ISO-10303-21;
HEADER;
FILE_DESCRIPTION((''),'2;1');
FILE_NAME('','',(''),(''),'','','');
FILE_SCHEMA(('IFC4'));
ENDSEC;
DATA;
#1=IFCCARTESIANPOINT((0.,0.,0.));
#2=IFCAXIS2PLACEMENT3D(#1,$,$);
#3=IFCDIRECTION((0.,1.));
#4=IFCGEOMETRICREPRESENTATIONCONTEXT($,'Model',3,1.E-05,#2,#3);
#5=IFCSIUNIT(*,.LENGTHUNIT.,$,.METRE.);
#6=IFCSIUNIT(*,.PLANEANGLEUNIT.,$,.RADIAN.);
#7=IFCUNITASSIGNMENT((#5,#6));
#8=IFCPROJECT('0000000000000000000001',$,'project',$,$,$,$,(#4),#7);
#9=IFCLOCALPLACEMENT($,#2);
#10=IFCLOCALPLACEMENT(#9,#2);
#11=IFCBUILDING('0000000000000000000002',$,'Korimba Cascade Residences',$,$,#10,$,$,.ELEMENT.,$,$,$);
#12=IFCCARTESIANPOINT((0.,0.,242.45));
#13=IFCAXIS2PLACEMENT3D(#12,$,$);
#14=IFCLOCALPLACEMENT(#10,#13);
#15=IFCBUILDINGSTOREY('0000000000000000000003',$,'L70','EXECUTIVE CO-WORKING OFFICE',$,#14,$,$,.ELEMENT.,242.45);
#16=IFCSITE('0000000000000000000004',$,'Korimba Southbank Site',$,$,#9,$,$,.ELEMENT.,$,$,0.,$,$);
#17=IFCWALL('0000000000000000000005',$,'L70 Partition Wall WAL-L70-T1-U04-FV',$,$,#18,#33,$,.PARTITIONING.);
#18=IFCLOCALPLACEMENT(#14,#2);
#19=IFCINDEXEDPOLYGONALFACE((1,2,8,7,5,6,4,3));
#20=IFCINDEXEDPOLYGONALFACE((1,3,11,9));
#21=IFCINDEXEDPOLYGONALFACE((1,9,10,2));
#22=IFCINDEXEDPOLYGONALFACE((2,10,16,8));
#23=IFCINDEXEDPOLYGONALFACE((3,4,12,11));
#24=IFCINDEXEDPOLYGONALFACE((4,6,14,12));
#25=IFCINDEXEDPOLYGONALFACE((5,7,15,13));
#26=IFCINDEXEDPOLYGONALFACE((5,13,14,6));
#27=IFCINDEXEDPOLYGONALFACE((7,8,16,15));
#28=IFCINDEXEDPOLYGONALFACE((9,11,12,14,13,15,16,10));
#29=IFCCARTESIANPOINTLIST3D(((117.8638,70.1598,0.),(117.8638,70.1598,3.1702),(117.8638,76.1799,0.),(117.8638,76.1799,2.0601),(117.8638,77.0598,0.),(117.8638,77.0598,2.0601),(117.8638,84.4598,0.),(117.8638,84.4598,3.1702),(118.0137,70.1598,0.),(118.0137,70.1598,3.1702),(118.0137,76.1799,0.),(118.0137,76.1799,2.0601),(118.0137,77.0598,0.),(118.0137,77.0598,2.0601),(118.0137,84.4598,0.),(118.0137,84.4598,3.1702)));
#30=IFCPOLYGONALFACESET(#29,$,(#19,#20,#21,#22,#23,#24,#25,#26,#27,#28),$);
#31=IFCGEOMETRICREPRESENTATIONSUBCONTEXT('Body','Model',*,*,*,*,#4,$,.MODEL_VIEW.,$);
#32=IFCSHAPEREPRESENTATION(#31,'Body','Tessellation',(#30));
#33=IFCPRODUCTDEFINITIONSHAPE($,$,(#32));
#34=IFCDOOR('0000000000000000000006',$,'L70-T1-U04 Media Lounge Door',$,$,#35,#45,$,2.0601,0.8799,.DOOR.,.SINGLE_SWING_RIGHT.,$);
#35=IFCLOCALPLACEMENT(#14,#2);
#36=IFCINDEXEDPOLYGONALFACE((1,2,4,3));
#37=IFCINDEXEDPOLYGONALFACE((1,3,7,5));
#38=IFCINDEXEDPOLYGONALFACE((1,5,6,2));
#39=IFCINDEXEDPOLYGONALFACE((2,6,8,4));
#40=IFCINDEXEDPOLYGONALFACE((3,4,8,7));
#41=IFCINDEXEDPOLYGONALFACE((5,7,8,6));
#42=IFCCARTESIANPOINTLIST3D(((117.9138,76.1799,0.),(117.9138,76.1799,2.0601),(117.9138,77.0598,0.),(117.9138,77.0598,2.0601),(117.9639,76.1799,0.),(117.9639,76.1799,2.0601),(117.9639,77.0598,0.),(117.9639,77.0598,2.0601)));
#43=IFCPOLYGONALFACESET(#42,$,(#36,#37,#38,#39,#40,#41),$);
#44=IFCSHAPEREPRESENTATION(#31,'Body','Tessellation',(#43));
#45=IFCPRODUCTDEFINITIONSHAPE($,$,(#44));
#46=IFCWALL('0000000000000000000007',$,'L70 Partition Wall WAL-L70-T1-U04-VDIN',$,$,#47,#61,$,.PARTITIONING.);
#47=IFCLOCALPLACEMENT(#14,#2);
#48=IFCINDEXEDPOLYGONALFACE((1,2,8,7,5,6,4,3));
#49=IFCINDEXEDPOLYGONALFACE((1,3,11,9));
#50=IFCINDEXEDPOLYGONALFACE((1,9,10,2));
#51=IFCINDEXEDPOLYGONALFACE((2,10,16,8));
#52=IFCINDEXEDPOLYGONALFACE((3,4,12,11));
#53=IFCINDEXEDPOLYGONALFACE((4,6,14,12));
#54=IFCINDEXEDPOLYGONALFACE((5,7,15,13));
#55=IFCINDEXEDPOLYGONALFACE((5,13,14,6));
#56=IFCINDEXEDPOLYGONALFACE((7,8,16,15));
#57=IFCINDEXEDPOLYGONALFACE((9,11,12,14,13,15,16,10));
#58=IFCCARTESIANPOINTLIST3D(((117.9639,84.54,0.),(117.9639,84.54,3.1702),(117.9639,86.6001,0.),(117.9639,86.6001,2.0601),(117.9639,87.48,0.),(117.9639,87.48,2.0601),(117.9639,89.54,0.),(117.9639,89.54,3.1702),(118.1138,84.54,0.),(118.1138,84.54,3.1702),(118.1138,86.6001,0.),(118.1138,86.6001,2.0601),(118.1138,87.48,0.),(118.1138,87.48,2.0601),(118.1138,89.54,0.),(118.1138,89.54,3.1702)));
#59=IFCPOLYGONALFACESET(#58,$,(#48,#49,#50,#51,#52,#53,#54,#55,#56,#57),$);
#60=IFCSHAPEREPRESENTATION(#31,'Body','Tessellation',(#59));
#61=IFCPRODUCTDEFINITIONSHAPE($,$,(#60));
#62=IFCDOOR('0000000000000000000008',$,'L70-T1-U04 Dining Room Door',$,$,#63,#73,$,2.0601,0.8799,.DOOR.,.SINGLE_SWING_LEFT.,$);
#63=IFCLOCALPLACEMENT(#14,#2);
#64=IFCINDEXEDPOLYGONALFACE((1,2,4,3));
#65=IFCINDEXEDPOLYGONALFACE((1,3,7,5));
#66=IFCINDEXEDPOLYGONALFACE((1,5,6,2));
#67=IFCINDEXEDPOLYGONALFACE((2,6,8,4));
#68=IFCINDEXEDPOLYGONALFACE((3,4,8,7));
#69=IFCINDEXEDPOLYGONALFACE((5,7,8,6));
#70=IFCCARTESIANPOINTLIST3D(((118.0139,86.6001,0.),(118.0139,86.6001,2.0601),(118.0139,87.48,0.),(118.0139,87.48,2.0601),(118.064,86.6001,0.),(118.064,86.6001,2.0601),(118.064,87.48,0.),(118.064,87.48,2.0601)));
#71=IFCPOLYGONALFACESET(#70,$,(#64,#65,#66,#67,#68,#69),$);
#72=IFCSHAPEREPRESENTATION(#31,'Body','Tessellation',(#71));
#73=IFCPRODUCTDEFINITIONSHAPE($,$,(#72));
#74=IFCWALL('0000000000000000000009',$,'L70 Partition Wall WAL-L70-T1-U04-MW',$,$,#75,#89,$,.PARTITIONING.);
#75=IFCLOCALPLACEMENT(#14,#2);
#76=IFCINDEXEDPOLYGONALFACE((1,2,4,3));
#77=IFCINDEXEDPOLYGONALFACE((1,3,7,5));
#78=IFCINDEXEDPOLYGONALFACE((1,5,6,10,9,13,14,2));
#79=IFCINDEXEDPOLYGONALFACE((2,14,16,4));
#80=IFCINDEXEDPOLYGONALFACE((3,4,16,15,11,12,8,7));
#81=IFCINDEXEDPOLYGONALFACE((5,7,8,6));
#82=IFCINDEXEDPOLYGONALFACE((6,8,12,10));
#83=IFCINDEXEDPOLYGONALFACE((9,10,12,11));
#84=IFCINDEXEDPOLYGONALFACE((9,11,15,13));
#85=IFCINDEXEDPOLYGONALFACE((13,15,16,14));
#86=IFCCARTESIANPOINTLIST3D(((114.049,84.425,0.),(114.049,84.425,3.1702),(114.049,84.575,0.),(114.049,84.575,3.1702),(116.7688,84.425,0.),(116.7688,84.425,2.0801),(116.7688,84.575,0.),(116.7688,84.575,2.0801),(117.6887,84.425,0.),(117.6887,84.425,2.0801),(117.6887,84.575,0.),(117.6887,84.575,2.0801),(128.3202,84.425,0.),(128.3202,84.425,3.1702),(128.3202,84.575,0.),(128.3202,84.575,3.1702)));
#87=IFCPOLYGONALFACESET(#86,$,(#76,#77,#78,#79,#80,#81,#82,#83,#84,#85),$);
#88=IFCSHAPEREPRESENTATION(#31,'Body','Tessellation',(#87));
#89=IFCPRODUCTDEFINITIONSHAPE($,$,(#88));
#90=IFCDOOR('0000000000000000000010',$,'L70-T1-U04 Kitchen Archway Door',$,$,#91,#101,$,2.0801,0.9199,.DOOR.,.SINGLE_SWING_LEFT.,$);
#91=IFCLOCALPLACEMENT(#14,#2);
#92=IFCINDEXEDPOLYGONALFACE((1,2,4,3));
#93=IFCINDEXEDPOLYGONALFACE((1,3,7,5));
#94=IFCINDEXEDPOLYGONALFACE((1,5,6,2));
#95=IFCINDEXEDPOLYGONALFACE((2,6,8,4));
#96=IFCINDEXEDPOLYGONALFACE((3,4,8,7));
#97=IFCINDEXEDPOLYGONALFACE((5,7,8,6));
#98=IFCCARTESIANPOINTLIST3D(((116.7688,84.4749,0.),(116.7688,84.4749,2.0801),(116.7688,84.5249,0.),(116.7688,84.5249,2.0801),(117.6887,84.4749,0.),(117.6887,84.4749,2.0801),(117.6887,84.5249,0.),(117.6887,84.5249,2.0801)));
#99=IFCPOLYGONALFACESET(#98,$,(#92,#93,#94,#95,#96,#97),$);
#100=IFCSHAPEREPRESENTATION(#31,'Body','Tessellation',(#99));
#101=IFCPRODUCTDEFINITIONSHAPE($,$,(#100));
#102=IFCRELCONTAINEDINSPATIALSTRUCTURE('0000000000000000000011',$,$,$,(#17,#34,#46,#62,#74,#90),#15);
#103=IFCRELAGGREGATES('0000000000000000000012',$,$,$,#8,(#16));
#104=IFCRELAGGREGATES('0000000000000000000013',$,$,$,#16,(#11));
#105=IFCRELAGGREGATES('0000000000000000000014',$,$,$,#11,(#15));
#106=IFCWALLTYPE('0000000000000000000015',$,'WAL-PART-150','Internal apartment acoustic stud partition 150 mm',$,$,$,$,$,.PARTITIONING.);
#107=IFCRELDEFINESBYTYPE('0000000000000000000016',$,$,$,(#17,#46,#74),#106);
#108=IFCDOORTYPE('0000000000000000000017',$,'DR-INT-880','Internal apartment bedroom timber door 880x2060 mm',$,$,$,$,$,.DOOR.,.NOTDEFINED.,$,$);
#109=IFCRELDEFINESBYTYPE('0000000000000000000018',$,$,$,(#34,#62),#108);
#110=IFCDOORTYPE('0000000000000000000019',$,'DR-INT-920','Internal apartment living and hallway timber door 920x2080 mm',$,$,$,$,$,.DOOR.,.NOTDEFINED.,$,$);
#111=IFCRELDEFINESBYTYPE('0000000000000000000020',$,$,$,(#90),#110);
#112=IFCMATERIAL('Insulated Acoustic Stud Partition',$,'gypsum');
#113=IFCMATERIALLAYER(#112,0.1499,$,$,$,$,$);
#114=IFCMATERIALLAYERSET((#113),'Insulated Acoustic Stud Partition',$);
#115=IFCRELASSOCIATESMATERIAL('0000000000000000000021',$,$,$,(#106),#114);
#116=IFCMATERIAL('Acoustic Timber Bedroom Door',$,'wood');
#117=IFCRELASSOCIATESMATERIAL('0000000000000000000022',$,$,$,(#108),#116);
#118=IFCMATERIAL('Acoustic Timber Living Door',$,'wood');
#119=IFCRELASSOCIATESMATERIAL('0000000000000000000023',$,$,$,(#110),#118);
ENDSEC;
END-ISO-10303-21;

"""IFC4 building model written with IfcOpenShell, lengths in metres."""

from ifc_helpers import new_model, si_unit, direction, frame, frame_2d, origin, place, context, subcontext, project, spatial, rectangle, extrude, material, layer, layer_set, type_object, element, fill, save


model = new_model("IFC4")

# Units and contexts
model_context = context("Model", 3, precision=1e-05, world=origin(), true_north=direction((0.0, 1.0)))
body_context = subcontext(model_context, "Body", "Model", "MODEL_VIEW")
ifc_project = project(units=[si_unit("LENGTHUNIT", "METRE"), si_unit("PLANEANGLEUNIT", "RADIAN")], contexts=[model_context])

# Site, building, storey
site_placement = place(None, origin())
site = spatial("IfcSite", under=ifc_project, at=site_placement, Name="Korimba Southbank Site", CompositionType="ELEMENT", RefElevation=0.0)
building_placement = place(site_placement, origin())
building = spatial("IfcBuilding", under=site, at=building_placement, Name="Korimba Cascade Residences", CompositionType="ELEMENT")
storey_placement = place(building_placement, frame((0.0, 0.0, 242.45)))
storey = spatial("IfcBuildingStorey", under=building, at=storey_placement, Name="L70", Description="EXECUTIVE CO-WORKING OFFICE", CompositionType="ELEMENT", Elevation=242.45)

# Walls, openings, doors
ifc_material_1 = material(Name="Insulated Acoustic Stud Partition", Category="gypsum")
ifc_layer_1 = layer(ifc_material_1, 0.1499)
ifc_layer_set_1 = layer_set([ifc_layer_1], Name="Insulated Acoustic Stud Partition")
wall_type_1 = type_object("IfcWallType", Name="WAL-PART-150", Description="Internal apartment acoustic stud partition 150 mm", PredefinedType="PARTITIONING", material=ifc_layer_set_1)
ifc_material_2 = material(Name="Acoustic Timber Bedroom Door", Category="wood")
door_type_1 = type_object("IfcDoorType", Name="DR-INT-880", Description="Internal apartment bedroom timber door 880x2060 mm", OperationType="NOTDEFINED", PredefinedType="DOOR", material=ifc_material_2)
wall_1_placement = place(storey_placement, frame((117.9387, 70.1599, 0.0), z_axis=(0.0, 0.0, 1.0), x_axis=(0.0, 1.0, 0.0)))
wall_1 = element("IfcWall", 1, at=wall_1_placement, inside=storey, type_object=wall_type_1, Name="L70 Partition Wall WAL-L70-T1-U04-FV", PredefinedType="PARTITIONING", context=body_context, shape_type="SweptSolid", body=[
    extrude(rectangle(XDim=14.3, YDim=0.1499, at=frame_2d((7.1499, 0.0))), origin(), (0.0, 0.0, 1.0), 3.1702),
])
opening_1_placement = place(wall_1_placement, frame((6.02, 0.0, 0.0)))
opening_1 = element("IfcOpeningElement", 2, at=opening_1_placement, cuts=wall_1, PredefinedType="OPENING", context=body_context, shape_type="SweptSolid", body=[
    extrude(rectangle(XDim=0.8799, YDim=2.0601, at=frame_2d((0.4399, 1.03))), frame((0.0, 0.085, 0.0), z_axis=(0.0, -1.0, 0.0), x_axis=(1.0, 0.0, 0.0)), (0.0, 0.0, 1.0), 0.1699),
])
door_1_placement = place(opening_1_placement, origin())
door_1 = element("IfcDoor", 3, at=door_1_placement, inside=storey, type_object=door_type_1, Name="L70-T1-U04 Media Lounge Door", OperationType="SINGLE_SWING_RIGHT", OverallHeight=2.0601, OverallWidth=0.8799, PredefinedType="DOOR", context=body_context, shape_type="SweptSolid", body=[
    extrude(rectangle(XDim=0.8799, YDim=2.0601, at=frame_2d((0.4399, 1.03))), frame((0.0, 0.0249, 0.0), z_axis=(0.0, -1.0, 0.0), x_axis=(1.0, 0.0, 0.0)), (0.0, 0.0, 1.0), 0.05),
])
fill(opening_1, door_1)
wall_2_placement = place(storey_placement, frame((118.0388, 84.54, 0.0), z_axis=(0.0, 0.0, 1.0), x_axis=(0.0, 1.0, 0.0)))
wall_2 = element("IfcWall", 4, at=wall_2_placement, inside=storey, type_object=wall_type_1, Name="L70 Partition Wall WAL-L70-T1-U04-VDIN", PredefinedType="PARTITIONING", context=body_context, shape_type="SweptSolid", body=[
    extrude(rectangle(XDim=5.0, YDim=0.1499, at=frame_2d((2.5, 0.0))), origin(), (0.0, 0.0, 1.0), 3.1702),
])
opening_2_placement = place(wall_2_placement, frame((2.0601, 0.0, 0.0)))
opening_2 = element("IfcOpeningElement", 5, at=opening_2_placement, cuts=wall_2, PredefinedType="OPENING", context=body_context, shape_type="SweptSolid", body=[
    extrude(rectangle(XDim=0.8799, YDim=2.0601, at=frame_2d((0.4399, 1.03))), frame((0.0, 0.085, 0.0), z_axis=(0.0, -1.0, 0.0), x_axis=(1.0, 0.0, 0.0)), (0.0, 0.0, 1.0), 0.1699),
])
door_2_placement = place(opening_2_placement, origin())
door_2 = element("IfcDoor", 6, at=door_2_placement, inside=storey, type_object=door_type_1, Name="L70-T1-U04 Dining Room Door", OperationType="SINGLE_SWING_LEFT", OverallHeight=2.0601, OverallWidth=0.8799, PredefinedType="DOOR", context=body_context, shape_type="SweptSolid", body=[
    extrude(rectangle(XDim=0.8799, YDim=2.0601, at=frame_2d((0.4399, 1.03))), frame((0.0, 0.0249, 0.0), z_axis=(0.0, -1.0, 0.0), x_axis=(1.0, 0.0, 0.0)), (0.0, 0.0, 1.0), 0.05),
])
fill(opening_2, door_2)
wall_3_placement = place(storey_placement, frame((114.0488, 84.5, 0.0), z_axis=(0.0, 0.0, 1.0), x_axis=(1.0, 0.0, 0.0)))
wall_3 = element("IfcWall", 7, at=wall_3_placement, inside=storey, type_object=wall_type_1, Name="L70 Partition Wall WAL-L70-T1-U04-MW", PredefinedType="PARTITIONING", context=body_context, shape_type="SweptSolid", body=[
    extrude(rectangle(XDim=14.2712, YDim=0.1499, at=frame_2d((7.1357, 0.0))), origin(), (0.0, 0.0, 1.0), 3.1702),
])
opening_3_placement = place(wall_3_placement, frame((2.72, 0.0, 0.0)))
opening_3 = element("IfcOpeningElement", 8, at=opening_3_placement, cuts=wall_3, PredefinedType="OPENING", context=body_context, shape_type="SweptSolid", body=[
    extrude(rectangle(XDim=0.9199, YDim=2.0801, at=frame_2d((0.46, 1.04))), frame((0.0, 0.085, 0.0), z_axis=(0.0, -1.0, 0.0), x_axis=(1.0, 0.0, 0.0)), (0.0, 0.0, 1.0), 0.1699),
])
ifc_material_3 = material(Name="Acoustic Timber Living Door", Category="wood")
door_type_2 = type_object("IfcDoorType", Name="DR-INT-920", Description="Internal apartment living and hallway timber door 920x2080 mm", OperationType="NOTDEFINED", PredefinedType="DOOR", material=ifc_material_3)
door_3_placement = place(opening_3_placement, origin())
door_3 = element("IfcDoor", 9, at=door_3_placement, inside=storey, type_object=door_type_2, Name="L70-T1-U04 Kitchen Archway Door", OperationType="SINGLE_SWING_LEFT", OverallHeight=2.0801, OverallWidth=0.9199, PredefinedType="DOOR", context=body_context, shape_type="SweptSolid", body=[
    extrude(rectangle(XDim=0.9199, YDim=2.0801, at=frame_2d((0.46, 1.04))), frame((0.0, 0.0249, 0.0), z_axis=(0.0, -1.0, 0.0), x_axis=(1.0, 0.0, 0.0)), (0.0, 0.0, 1.0), 0.05),
])
fill(opening_3, door_3)

save(model, "model.ifc")
